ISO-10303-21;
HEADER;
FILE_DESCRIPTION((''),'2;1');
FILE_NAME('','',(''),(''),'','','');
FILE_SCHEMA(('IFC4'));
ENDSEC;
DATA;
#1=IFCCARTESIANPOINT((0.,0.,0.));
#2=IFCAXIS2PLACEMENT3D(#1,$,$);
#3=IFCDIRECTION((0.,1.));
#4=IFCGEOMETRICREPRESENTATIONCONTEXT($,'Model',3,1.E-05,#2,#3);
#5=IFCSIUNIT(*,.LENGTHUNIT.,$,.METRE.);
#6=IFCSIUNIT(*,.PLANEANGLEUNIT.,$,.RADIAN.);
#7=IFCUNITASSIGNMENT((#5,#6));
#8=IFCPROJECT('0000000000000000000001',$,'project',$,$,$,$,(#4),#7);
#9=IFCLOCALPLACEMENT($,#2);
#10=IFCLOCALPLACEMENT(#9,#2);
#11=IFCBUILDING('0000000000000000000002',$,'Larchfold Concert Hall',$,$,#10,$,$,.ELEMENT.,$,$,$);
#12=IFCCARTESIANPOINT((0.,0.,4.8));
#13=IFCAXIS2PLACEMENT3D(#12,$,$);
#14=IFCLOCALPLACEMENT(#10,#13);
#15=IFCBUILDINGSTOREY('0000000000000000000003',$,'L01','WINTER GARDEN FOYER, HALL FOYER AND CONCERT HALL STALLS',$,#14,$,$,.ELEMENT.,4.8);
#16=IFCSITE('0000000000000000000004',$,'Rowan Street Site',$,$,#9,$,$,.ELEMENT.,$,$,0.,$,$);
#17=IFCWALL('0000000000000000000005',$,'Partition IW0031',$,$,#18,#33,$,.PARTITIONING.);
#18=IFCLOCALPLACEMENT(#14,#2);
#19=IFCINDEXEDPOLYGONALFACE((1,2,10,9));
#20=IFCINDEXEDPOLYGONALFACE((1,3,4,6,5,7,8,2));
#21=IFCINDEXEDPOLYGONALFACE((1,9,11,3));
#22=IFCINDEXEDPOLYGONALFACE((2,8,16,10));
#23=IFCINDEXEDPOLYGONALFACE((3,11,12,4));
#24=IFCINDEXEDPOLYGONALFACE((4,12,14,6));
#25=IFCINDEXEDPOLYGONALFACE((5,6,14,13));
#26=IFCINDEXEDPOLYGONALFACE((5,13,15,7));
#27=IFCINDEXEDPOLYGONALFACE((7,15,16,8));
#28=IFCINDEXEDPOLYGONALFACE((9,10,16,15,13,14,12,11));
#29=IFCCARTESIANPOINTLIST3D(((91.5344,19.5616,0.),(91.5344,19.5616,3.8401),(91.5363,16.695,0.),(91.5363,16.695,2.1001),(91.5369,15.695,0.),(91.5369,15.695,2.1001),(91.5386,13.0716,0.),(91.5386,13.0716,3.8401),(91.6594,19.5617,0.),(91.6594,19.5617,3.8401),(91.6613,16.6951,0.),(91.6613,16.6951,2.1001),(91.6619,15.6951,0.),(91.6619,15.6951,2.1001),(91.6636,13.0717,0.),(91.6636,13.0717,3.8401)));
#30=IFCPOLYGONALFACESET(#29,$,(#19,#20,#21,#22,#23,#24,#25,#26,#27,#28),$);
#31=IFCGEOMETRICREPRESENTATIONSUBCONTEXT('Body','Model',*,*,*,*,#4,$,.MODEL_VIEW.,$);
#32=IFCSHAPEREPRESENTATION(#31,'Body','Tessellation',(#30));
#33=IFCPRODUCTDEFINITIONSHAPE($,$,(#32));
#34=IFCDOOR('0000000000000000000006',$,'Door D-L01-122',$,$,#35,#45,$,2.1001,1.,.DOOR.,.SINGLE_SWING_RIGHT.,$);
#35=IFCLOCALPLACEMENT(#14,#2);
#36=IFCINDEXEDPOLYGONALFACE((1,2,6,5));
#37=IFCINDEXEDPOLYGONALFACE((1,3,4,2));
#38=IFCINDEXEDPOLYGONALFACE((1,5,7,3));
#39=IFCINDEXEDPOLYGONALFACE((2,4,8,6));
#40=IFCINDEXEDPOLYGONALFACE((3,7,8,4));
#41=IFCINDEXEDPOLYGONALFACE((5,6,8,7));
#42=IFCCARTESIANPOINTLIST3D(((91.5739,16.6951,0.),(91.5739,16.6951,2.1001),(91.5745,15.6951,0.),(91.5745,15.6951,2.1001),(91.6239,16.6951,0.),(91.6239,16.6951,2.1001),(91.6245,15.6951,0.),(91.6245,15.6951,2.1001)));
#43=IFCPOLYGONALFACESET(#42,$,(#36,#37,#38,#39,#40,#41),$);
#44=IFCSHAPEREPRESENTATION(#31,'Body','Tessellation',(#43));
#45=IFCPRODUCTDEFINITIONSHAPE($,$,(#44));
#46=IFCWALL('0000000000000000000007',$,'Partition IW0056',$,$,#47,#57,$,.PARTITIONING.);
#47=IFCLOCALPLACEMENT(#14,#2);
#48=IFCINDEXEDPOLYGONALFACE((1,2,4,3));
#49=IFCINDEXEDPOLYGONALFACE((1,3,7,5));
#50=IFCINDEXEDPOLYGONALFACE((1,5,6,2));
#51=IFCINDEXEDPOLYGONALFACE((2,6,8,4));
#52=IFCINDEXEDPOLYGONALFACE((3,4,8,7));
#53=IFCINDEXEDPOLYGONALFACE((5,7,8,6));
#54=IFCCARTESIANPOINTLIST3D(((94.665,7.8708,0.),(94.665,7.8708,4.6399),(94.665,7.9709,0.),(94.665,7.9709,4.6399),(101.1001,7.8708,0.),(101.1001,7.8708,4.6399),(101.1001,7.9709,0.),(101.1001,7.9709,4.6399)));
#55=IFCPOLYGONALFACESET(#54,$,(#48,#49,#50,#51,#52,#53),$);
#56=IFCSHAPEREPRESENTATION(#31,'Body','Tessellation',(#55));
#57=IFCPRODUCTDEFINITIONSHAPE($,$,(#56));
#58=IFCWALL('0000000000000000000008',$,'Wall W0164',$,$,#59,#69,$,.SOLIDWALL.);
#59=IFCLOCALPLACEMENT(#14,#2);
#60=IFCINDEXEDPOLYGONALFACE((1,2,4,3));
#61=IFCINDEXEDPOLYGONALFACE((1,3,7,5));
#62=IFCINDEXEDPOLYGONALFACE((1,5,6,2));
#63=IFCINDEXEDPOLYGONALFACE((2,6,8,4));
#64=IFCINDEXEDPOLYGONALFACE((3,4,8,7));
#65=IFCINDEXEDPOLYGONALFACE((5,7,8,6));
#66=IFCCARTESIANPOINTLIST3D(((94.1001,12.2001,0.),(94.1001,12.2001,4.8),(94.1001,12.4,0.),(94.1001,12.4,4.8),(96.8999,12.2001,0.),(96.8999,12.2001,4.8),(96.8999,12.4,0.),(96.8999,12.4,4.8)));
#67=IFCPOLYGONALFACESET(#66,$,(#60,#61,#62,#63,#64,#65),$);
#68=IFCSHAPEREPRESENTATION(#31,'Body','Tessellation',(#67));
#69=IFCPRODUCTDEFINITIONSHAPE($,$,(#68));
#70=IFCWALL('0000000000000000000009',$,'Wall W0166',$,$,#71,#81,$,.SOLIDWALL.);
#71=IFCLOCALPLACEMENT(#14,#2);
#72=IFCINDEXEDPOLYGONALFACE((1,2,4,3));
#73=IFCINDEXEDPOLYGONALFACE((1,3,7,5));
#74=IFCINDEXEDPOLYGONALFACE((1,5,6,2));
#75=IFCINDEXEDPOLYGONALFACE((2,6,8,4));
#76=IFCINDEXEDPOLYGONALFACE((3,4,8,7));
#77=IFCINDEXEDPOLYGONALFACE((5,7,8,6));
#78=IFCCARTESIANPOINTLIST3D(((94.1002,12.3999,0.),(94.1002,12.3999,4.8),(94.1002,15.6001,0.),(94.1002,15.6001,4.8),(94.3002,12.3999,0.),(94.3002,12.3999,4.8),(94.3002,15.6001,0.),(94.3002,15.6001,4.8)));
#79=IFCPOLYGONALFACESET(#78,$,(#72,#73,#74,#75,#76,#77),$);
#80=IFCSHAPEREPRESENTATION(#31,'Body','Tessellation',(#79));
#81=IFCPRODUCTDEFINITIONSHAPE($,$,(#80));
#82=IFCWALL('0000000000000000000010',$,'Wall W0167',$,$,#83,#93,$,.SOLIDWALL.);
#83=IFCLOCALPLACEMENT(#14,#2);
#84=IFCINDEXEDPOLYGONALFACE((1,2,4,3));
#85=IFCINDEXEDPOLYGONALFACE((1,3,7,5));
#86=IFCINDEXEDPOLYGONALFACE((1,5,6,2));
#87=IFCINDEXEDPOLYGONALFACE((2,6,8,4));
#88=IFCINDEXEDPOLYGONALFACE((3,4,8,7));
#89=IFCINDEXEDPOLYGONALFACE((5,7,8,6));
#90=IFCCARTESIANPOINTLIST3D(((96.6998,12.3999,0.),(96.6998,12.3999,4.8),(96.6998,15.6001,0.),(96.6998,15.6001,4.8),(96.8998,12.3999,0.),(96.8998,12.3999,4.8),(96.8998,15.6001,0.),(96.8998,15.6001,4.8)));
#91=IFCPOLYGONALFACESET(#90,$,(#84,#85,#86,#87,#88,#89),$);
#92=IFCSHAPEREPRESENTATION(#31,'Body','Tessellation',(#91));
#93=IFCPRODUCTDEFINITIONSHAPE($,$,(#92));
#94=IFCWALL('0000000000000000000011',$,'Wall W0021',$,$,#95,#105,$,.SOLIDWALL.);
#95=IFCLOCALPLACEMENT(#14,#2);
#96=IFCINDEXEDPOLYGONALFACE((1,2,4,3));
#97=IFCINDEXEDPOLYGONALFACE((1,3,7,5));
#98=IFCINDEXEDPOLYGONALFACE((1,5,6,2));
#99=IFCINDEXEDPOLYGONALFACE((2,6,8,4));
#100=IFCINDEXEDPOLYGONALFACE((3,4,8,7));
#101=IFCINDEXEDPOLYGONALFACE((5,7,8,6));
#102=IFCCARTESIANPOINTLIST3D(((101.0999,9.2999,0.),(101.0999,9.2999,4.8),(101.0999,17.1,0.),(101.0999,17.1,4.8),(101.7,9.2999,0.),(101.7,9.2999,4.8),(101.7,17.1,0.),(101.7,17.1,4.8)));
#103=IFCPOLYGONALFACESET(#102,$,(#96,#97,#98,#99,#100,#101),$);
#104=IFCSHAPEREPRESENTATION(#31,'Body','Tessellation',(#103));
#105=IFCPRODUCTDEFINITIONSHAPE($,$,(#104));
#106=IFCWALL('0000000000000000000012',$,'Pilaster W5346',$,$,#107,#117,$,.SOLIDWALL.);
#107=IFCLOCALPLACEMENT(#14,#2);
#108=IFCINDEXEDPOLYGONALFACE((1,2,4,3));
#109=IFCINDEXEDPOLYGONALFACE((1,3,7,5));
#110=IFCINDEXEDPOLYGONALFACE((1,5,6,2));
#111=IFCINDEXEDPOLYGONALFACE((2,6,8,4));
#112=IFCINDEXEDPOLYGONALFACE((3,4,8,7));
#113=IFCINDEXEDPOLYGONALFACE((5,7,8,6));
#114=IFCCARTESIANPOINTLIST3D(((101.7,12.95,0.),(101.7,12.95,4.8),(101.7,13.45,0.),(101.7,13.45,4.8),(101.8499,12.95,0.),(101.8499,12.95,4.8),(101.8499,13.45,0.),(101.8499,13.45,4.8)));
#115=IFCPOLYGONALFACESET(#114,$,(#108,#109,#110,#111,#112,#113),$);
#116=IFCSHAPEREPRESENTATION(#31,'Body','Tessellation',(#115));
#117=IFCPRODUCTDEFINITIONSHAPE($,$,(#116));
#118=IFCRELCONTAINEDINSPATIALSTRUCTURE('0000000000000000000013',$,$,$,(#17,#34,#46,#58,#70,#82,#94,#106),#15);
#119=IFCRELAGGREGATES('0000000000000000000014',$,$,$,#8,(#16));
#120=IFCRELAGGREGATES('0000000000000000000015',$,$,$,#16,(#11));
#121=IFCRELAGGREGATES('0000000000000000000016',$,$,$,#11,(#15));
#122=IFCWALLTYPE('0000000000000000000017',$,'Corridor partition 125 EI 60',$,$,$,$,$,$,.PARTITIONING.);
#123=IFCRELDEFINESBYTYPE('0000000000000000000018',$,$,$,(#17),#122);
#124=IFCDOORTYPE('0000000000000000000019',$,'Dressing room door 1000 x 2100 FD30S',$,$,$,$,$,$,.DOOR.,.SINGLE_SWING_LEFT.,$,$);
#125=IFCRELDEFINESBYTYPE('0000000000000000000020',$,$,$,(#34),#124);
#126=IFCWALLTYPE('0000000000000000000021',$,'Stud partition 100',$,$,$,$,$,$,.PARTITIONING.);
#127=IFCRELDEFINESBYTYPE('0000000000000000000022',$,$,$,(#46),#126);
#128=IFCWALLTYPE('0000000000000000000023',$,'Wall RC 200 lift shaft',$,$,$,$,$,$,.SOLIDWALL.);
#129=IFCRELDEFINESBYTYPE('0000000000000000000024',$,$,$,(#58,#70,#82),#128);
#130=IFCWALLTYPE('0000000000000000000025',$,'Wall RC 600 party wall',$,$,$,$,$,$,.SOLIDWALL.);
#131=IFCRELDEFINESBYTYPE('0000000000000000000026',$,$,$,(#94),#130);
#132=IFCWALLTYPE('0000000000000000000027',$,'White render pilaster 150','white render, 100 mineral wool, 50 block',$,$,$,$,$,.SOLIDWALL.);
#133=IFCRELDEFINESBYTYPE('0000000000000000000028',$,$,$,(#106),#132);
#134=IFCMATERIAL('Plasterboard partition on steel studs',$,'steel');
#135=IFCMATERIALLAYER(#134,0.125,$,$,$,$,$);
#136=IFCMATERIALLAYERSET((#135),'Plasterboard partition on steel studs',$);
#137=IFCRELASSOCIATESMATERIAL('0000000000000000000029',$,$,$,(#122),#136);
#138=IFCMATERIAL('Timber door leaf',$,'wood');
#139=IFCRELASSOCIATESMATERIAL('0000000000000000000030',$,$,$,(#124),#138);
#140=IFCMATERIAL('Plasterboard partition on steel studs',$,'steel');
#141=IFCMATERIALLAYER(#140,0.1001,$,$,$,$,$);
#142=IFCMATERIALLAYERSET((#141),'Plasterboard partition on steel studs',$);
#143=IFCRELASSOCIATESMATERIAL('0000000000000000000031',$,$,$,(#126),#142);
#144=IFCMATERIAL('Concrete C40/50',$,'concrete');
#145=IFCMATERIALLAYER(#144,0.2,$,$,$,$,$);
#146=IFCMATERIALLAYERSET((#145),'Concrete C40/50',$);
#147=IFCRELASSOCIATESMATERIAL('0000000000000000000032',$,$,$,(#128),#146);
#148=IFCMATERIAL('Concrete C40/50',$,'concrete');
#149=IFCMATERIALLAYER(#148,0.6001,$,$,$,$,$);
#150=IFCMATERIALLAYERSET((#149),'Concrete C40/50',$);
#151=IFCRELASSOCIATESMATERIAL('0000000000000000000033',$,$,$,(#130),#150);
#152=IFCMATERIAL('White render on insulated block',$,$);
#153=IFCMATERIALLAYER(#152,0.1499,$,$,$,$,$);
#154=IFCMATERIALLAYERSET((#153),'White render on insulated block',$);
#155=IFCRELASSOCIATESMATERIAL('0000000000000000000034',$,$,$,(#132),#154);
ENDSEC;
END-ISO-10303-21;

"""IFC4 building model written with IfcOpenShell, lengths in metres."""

from ifc_helpers import new_model, si_unit, direction, frame, frame_2d, origin, place, context, subcontext, project, spatial, rectangle, extrude, material, layer, layer_set, type_object, element, fill, save


model = new_model("IFC4")

# Units and contexts
model_context = context("Model", 3, precision=1e-05, world=origin(), true_north=direction((0.0, 1.0)))
body_context = subcontext(model_context, "Body", "Model", "MODEL_VIEW")
ifc_project = project(units=[si_unit("LENGTHUNIT", "METRE"), si_unit("PLANEANGLEUNIT", "RADIAN")], contexts=[model_context])

# Site, building, storey
site_placement = place(None, origin())
site = spatial("IfcSite", under=ifc_project, at=site_placement, Name="Rowan Street Site", CompositionType="ELEMENT", RefElevation=0.0)
building_placement = place(site_placement, origin())
building = spatial("IfcBuilding", under=site, at=building_placement, Name="Larchfold Concert Hall", CompositionType="ELEMENT")
storey_placement = place(building_placement, frame((0.0, 0.0, 4.8)))
storey = spatial("IfcBuildingStorey", under=building, at=storey_placement, Name="L01", Description="WINTER GARDEN FOYER, HALL FOYER AND CONCERT HALL STALLS", CompositionType="ELEMENT", Elevation=4.8)

# Shared definitions
ifc_material_1 = material(Name="Plasterboard partition on steel studs", Category="steel")
ifc_layer_1 = layer(ifc_material_1, 0.125)
ifc_layer_set_1 = layer_set([ifc_layer_1], Name="Plasterboard partition on steel studs")
wall_type_1 = type_object("IfcWallType", Name="Corridor partition 125 EI 60", PredefinedType="PARTITIONING", material=ifc_layer_set_1)
ifc_material_2 = material(Name="Timber door leaf", Category="wood")
door_type = type_object("IfcDoorType", Name="Dressing room door 1000 x 2100 FD30S", OperationType="SINGLE_SWING_LEFT", PredefinedType="DOOR", material=ifc_material_2)

# Wall, opening, door
wall_1_placement = place(storey_placement, frame((91.6011, 13.0715, 0.0), z_axis=(0.0, 0.0, 1.0), x_axis=(-0.00064, 1.0, 0.0)))
wall_1 = element("IfcWall", 1, at=wall_1_placement, inside=storey, type_object=wall_type_1, Name="Partition IW0031", PredefinedType="PARTITIONING", context=body_context, shape_type="SweptSolid", body=[
    extrude(rectangle(XDim=6.49, YDim=0.125, at=frame_2d((3.2451, 0.0))), origin(), (0.0, 0.0, 1.0), 3.8401),
])
opening_1_placement = place(wall_1_placement, frame((2.6235, 0.0, 0.0)))
opening_1 = element("IfcOpeningElement", 2, at=opening_1_placement, cuts=wall_1, PredefinedType="OPENING", context=body_context, shape_type="SweptSolid", body=[
    extrude(rectangle(XDim=1.0, YDim=2.1001, at=frame_2d((0.5, 1.05))), frame((0.0, 0.0725, 0.0), z_axis=(0.0, -1.0, 0.0), x_axis=(1.0, 0.0, 0.0)), (0.0, 0.0, 1.0), 0.145),
])
door_1_placement = place(opening_1_placement, origin())
door_1 = element("IfcDoor", 3, at=door_1_placement, inside=storey, type_object=door_type, Name="Door D-L01-122", OperationType="SINGLE_SWING_RIGHT", OverallHeight=2.1001, OverallWidth=1.0, PredefinedType="DOOR", context=body_context, shape_type="SweptSolid", body=[
    extrude(rectangle(XDim=1.0, YDim=2.1001, at=frame_2d((0.5, 1.05))), frame((0.0, 0.0249, 0.0), z_axis=(0.0, -1.0, 0.0), x_axis=(1.0, 0.0, 0.0)), (0.0, 0.0, 1.0), 0.05),
])
fill(opening_1, door_1)

# Walls
ifc_material_3 = material(Name="Plasterboard partition on steel studs", Category="steel")
ifc_layer_2 = layer(ifc_material_3, 0.1001)
ifc_layer_set_2 = layer_set([ifc_layer_2], Name="Plasterboard partition on steel studs")
wall_type_2 = type_object("IfcWallType", Name="Stud partition 100", PredefinedType="PARTITIONING", material=ifc_layer_set_2)
wall_2_placement = place(storey_placement, frame((94.665, 7.9209, 0.0), z_axis=(0.0, 0.0, 1.0), x_axis=(1.0, 0.0, 0.0)))
element("IfcWall", 4, at=wall_2_placement, inside=storey, type_object=wall_type_2, Name="Partition IW0056", PredefinedType="PARTITIONING", context=body_context, shape_type="SweptSolid", body=[
    extrude(rectangle(XDim=6.4351, YDim=0.1001, at=frame_2d((3.2175, 0.0))), origin(), (0.0, 0.0, 1.0), 4.6399),
])
ifc_material_4 = material(Name="Concrete C40/50", Category="concrete")
ifc_layer_3 = layer(ifc_material_4, 0.2)
ifc_layer_set_3 = layer_set([ifc_layer_3], Name="Concrete C40/50")
wall_type_3 = type_object("IfcWallType", Name="Wall RC 200 lift shaft", PredefinedType="SOLIDWALL", material=ifc_layer_set_3)
wall_3_placement = place(storey_placement, frame((94.1001, 12.3, 0.0), z_axis=(0.0, 0.0, 1.0), x_axis=(1.0, 0.0, 0.0)))
element("IfcWall", 5, at=wall_3_placement, inside=storey, type_object=wall_type_3, Name="Wall W0164", PredefinedType="SOLIDWALL", context=body_context, shape_type="SweptSolid", body=[
    extrude(rectangle(XDim=2.7998, YDim=0.2, at=frame_2d((1.3999, 0.0))), origin(), (0.0, 0.0, 1.0), 4.8),
])
for number, where, z_axis, x_axis, name in (
    (6, (94.2002, 12.3999, 0.0), (0.0, 0.0, 1.0), (0.0, 1.0, 0.0), "Wall W0166"),
    (7, (96.7998, 12.3999, 0.0), (0.0, 0.0, 1.0), (0.0, 1.0, 0.0), "Wall W0167"),
):
    element("IfcWall", number, at=place(storey_placement, frame(where, z_axis=z_axis, x_axis=x_axis)), inside=storey, type_object=wall_type_3, Name=name, PredefinedType="SOLIDWALL", context=body_context, shape_type="SweptSolid", body=[
        extrude(rectangle(XDim=3.2002, YDim=0.2, at=frame_2d((1.6001, 0.0))), origin(), (0.0, 0.0, 1.0), 4.8),
    ])
ifc_material_5 = material(Name="Concrete C40/50", Category="concrete")
ifc_layer_4 = layer(ifc_material_5, 0.6001)
ifc_layer_set_4 = layer_set([ifc_layer_4], Name="Concrete C40/50")
wall_type_4 = type_object("IfcWallType", Name="Wall RC 600 party wall", PredefinedType="SOLIDWALL", material=ifc_layer_set_4)
wall_4_placement = place(storey_placement, frame((101.3999, 9.3, 0.0), z_axis=(0.0, 0.0, 1.0), x_axis=(0.0, 1.0, 0.0)))
element("IfcWall", 8, at=wall_4_placement, inside=storey, type_object=wall_type_4, Name="Wall W0021", PredefinedType="SOLIDWALL", context=body_context, shape_type="SweptSolid", body=[
    extrude(rectangle(XDim=7.8, YDim=0.6001, at=frame_2d((3.8999, 0.0))), origin(), (0.0, 0.0, 1.0), 4.8),
])
ifc_material_6 = material(Name="White render on insulated block")
ifc_layer_5 = layer(ifc_material_6, 0.1499)
ifc_layer_set_5 = layer_set([ifc_layer_5], Name="White render on insulated block")
wall_type_5 = type_object("IfcWallType", Name="White render pilaster 150", Description="white render, 100 mineral wool, 50 block", PredefinedType="SOLIDWALL", material=ifc_layer_set_5)
wall_5_placement = place(storey_placement, frame((101.7749, 12.95, 0.0), z_axis=(0.0, 0.0, 1.0), x_axis=(0.0, 1.0, 0.0)))
element("IfcWall", 9, at=wall_5_placement, inside=storey, type_object=wall_type_5, Name="Pilaster W5346", PredefinedType="SOLIDWALL", context=body_context, shape_type="SweptSolid", body=[
    extrude(rectangle(XDim=0.5, YDim=0.1499, at=frame_2d((0.25, 0.0))), origin(), (0.0, 0.0, 1.0), 4.8),
])

save(model, "model.ifc")
